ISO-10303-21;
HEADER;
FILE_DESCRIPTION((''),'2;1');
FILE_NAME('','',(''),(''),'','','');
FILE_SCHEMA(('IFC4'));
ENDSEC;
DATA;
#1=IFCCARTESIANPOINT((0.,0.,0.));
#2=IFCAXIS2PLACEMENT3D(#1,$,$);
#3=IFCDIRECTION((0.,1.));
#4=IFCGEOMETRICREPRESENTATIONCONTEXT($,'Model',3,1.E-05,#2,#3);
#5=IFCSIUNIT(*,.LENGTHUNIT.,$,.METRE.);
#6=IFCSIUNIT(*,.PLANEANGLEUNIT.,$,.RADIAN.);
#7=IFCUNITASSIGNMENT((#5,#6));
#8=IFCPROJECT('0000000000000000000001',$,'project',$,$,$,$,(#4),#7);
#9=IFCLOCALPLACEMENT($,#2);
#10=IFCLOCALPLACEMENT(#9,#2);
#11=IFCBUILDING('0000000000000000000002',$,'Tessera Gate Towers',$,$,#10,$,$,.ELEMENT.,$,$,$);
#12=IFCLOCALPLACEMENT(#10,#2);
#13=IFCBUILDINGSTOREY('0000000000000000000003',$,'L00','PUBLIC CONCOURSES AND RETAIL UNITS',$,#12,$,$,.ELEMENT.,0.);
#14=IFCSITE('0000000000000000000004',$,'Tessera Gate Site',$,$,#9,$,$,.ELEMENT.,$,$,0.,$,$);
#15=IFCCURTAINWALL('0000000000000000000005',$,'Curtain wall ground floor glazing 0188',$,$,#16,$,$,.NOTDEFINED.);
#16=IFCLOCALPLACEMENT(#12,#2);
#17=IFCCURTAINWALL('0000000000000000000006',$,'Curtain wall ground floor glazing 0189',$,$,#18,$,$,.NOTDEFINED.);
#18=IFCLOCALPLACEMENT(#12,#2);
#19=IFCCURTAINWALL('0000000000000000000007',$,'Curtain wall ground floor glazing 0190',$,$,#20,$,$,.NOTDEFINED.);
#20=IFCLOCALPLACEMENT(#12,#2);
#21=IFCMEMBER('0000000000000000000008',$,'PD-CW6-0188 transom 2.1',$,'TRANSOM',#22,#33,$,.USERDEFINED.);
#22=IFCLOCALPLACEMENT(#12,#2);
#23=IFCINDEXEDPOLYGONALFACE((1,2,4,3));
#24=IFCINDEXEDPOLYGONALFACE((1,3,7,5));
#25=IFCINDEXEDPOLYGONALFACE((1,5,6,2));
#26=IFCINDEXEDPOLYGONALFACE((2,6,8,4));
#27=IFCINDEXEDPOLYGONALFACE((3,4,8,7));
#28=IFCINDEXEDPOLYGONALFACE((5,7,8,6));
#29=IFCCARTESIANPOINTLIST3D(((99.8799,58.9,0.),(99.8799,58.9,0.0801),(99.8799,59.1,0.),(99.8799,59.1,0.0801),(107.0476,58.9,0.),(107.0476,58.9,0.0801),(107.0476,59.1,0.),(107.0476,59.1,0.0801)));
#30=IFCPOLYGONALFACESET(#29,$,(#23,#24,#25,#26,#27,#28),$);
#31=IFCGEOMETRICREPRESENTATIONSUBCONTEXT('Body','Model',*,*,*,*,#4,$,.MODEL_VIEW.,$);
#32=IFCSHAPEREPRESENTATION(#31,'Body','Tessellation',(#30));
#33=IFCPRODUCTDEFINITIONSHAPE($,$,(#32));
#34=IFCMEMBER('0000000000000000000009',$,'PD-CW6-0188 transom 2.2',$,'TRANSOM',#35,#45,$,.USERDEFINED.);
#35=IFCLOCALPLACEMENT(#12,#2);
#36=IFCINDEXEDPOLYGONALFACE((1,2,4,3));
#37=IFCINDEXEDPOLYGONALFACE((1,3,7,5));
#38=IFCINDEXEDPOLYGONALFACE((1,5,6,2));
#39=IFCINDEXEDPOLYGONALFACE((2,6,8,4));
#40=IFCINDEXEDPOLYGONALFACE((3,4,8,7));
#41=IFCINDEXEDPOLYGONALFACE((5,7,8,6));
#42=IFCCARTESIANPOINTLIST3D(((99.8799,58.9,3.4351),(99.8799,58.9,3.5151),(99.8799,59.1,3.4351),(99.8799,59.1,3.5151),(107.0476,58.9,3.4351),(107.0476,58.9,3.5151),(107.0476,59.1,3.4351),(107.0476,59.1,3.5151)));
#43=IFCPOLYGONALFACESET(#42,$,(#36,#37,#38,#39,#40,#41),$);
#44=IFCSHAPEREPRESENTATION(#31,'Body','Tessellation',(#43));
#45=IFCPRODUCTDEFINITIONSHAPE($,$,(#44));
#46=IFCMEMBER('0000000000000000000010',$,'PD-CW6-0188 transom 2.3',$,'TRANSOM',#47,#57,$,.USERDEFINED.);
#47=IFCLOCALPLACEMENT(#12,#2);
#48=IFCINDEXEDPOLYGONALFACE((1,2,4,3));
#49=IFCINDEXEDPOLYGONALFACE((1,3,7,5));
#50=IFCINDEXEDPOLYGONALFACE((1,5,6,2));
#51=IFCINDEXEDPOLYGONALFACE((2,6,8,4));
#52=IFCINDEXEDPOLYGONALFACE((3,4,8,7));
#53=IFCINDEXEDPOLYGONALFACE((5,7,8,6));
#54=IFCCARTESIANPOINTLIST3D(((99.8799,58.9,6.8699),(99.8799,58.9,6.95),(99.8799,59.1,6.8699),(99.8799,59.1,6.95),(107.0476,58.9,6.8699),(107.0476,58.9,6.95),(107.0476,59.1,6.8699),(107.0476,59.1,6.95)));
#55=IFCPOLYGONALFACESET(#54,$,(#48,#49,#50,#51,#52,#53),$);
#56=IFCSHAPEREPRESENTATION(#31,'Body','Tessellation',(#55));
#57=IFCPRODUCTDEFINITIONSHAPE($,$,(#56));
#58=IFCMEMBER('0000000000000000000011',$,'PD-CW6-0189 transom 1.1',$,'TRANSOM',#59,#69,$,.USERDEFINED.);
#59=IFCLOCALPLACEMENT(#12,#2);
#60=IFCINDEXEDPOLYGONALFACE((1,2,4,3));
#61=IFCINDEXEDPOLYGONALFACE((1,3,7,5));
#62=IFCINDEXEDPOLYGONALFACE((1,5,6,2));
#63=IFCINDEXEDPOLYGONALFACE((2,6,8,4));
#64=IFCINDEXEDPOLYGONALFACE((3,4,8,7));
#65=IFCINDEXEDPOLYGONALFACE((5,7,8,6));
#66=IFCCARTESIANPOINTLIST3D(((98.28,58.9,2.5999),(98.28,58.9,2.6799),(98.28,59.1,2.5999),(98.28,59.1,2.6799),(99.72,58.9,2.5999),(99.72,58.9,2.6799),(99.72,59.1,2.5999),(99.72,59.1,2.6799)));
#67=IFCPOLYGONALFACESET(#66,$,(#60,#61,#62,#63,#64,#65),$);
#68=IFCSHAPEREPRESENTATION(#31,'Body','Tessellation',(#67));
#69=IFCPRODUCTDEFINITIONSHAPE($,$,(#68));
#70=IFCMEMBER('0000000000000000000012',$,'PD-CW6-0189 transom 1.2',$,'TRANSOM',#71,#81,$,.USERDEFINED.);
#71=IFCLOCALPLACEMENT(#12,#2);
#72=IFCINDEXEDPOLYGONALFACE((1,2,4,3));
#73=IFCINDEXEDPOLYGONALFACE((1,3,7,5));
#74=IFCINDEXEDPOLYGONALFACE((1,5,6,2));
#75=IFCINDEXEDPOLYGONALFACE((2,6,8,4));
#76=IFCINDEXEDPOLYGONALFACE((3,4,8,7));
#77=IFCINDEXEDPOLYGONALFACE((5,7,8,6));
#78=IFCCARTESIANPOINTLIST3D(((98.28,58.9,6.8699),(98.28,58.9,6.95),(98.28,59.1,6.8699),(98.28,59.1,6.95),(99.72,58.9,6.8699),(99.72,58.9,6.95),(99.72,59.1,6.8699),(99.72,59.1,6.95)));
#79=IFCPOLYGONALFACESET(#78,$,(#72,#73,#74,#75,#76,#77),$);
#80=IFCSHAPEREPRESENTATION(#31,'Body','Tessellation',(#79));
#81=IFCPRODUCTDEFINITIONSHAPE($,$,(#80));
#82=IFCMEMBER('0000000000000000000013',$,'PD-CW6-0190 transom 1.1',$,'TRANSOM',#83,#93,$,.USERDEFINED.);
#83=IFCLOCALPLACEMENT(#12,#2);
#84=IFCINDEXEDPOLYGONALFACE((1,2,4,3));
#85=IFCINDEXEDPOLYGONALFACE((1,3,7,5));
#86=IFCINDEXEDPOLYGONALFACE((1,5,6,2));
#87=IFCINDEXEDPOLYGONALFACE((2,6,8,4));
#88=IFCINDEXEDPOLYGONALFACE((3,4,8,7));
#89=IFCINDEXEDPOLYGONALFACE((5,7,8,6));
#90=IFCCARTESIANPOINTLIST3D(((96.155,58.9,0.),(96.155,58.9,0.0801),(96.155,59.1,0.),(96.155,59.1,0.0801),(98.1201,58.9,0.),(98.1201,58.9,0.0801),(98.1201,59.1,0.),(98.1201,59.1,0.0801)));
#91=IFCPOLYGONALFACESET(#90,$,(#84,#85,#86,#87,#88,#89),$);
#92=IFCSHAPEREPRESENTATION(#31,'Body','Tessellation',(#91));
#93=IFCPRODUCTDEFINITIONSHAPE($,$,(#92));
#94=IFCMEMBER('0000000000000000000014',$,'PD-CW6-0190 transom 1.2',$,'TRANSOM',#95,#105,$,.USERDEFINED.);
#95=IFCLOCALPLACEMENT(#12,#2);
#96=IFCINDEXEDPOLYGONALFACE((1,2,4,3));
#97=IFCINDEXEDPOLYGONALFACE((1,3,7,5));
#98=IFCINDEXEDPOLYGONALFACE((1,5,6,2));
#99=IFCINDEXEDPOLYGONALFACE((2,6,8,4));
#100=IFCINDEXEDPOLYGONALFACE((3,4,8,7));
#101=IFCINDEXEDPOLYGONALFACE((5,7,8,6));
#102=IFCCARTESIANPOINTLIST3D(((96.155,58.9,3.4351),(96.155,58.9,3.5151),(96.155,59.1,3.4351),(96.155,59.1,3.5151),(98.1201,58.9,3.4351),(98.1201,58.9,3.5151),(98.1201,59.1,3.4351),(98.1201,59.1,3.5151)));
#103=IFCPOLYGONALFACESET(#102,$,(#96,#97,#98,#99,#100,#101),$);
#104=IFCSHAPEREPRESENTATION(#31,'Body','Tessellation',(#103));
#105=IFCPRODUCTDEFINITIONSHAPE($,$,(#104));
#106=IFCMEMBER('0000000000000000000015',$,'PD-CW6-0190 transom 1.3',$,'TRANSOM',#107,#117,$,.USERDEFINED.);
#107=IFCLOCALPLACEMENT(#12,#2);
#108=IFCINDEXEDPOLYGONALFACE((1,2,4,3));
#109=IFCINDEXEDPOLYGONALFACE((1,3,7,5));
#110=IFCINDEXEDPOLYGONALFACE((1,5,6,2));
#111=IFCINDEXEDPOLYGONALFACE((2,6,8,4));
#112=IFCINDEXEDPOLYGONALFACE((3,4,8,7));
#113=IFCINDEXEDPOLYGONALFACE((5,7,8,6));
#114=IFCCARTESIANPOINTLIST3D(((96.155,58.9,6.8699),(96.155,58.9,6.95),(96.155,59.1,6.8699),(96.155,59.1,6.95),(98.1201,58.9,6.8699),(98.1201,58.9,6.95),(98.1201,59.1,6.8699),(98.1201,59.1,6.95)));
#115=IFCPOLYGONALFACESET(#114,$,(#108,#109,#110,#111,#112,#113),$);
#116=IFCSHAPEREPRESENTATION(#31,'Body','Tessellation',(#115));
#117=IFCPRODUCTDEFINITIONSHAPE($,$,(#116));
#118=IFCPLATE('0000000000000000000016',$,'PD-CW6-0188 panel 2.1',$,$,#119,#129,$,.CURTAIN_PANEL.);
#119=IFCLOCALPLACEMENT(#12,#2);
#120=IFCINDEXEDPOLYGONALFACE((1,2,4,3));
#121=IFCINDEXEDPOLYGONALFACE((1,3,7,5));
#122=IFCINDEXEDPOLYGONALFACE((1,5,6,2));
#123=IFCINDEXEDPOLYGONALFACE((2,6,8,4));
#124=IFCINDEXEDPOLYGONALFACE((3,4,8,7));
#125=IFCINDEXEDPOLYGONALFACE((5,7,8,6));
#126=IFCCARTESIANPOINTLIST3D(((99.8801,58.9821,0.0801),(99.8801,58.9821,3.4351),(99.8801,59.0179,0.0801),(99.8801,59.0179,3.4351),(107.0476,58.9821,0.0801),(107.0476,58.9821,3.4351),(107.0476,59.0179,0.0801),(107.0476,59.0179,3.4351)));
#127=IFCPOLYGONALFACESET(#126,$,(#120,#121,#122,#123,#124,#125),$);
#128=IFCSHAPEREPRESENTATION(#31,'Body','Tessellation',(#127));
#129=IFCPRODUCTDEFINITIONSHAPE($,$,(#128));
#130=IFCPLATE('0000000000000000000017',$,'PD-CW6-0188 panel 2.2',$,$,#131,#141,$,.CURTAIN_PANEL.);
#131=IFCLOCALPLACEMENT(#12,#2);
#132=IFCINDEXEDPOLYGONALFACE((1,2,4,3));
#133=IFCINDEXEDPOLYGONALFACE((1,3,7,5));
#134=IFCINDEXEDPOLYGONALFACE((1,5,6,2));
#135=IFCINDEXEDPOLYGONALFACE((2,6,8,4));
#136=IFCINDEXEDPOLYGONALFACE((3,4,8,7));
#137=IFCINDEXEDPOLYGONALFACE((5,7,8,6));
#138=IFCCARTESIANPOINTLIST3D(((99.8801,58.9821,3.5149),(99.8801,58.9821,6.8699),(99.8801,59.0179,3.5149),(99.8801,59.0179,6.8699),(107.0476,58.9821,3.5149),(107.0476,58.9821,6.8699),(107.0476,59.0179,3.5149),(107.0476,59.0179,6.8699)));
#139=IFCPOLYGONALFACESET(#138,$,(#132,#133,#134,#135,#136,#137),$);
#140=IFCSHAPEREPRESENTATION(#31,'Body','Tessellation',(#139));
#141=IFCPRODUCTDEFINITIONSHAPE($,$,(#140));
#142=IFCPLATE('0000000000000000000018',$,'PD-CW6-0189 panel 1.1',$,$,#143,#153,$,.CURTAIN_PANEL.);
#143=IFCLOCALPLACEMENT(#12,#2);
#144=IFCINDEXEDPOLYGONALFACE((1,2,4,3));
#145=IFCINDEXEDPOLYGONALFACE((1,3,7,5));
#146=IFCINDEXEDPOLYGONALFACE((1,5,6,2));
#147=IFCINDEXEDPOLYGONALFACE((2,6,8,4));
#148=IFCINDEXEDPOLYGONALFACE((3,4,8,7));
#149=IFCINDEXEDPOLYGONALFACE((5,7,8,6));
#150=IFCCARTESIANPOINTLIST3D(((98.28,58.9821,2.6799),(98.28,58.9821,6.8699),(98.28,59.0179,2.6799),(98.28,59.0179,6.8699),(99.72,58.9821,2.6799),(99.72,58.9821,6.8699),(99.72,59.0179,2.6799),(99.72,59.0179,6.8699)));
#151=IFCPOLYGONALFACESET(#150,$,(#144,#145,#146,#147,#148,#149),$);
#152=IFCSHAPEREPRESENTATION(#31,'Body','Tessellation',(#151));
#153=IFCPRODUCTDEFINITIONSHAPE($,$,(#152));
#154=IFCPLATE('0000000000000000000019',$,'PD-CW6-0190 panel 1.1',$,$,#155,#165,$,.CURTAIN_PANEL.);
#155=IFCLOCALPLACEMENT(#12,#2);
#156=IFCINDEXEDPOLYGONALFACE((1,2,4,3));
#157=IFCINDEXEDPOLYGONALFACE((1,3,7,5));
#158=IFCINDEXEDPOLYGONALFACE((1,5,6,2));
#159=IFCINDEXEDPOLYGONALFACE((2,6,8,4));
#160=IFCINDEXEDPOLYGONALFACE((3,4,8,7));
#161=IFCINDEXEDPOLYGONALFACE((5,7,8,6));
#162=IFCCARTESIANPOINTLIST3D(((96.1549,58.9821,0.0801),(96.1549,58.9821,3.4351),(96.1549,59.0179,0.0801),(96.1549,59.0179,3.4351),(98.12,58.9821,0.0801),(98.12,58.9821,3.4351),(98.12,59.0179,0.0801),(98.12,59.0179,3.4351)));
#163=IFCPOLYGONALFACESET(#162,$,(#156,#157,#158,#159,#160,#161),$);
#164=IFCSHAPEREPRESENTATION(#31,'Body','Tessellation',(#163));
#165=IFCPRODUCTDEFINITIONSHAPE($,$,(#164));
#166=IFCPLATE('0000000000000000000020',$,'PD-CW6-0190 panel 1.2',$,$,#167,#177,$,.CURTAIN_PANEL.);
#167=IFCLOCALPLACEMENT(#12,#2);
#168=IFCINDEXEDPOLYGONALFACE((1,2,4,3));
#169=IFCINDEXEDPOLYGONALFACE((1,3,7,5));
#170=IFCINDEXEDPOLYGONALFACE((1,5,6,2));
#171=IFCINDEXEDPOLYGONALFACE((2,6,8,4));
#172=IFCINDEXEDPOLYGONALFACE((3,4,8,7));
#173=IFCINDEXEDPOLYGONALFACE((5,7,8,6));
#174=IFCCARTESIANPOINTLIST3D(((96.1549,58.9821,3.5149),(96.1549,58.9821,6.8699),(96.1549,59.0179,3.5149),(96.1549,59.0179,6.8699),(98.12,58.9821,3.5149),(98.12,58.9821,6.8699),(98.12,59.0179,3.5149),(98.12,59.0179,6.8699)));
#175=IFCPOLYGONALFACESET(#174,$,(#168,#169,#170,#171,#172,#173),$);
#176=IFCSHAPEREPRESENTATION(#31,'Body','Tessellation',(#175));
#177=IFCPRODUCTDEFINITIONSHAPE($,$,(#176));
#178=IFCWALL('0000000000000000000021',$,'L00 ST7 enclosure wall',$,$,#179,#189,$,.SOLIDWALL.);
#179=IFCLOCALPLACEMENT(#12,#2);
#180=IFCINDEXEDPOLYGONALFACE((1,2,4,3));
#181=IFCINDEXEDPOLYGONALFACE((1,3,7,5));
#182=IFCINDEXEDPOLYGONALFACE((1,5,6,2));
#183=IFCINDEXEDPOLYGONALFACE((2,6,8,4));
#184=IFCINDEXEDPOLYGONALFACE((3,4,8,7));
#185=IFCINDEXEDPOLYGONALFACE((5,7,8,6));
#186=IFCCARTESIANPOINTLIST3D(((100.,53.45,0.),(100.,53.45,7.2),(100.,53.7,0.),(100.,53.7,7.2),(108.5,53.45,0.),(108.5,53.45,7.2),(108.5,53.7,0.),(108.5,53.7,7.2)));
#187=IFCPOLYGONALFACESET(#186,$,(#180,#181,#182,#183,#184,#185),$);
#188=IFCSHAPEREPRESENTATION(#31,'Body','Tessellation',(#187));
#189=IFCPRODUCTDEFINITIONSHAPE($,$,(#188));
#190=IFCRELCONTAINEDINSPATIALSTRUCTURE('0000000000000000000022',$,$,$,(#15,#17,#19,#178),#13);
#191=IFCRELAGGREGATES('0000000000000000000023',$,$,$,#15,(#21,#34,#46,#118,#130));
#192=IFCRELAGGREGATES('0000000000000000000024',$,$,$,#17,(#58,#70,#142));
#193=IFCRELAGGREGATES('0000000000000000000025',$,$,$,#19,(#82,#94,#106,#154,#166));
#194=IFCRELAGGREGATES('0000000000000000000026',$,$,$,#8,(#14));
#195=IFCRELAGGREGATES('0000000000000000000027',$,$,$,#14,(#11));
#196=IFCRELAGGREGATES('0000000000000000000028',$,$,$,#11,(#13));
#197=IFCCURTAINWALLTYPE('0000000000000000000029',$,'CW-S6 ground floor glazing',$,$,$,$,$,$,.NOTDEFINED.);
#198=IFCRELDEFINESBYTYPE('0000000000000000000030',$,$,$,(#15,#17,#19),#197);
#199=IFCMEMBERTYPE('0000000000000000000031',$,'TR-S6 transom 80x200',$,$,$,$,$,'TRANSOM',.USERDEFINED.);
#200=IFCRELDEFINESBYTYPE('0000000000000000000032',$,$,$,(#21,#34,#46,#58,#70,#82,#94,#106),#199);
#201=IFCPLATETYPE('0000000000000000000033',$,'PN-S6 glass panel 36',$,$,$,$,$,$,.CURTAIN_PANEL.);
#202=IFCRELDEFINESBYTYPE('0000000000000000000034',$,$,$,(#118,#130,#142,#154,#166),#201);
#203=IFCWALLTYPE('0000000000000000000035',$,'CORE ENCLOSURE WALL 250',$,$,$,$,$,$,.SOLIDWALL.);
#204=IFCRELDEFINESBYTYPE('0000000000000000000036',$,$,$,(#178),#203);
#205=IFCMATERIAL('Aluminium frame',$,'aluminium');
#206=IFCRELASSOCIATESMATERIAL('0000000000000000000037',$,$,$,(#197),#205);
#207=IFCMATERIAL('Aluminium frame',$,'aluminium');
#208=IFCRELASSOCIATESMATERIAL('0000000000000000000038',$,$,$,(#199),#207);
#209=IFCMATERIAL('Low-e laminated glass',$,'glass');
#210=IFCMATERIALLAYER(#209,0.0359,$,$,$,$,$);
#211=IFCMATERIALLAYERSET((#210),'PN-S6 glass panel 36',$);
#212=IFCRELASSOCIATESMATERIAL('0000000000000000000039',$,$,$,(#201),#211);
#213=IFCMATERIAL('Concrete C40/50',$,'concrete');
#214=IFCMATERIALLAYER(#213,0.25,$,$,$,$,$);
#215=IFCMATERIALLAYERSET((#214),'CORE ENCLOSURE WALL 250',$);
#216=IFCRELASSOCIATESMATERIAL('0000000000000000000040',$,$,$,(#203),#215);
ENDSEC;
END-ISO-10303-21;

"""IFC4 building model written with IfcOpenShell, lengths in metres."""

from ifc_helpers import new_model, si_unit, direction, frame, frame_2d, origin, origin_2d, place, context, subcontext, project, spatial, rectangle, extrude, material, layer, layer_set, material_profile, profile_set, type_object, element, aggregate, save


model = new_model("IFC4")

# Units and contexts
model_context = context("Model", 3, precision=1e-05, world=origin(), true_north=direction((0.0, 1.0)))
body_context = subcontext(model_context, "Body", "Model", "MODEL_VIEW")
ifc_project = project(units=[si_unit("LENGTHUNIT", "METRE"), si_unit("PLANEANGLEUNIT", "RADIAN")], contexts=[model_context])

# Site, building, storey
site_placement = place(None, origin())
site = spatial("IfcSite", under=ifc_project, at=site_placement, Name="Tessera Gate Site", CompositionType="ELEMENT", RefElevation=0.0)
building_placement = place(site_placement, origin())
building = spatial("IfcBuilding", under=site, at=building_placement, Name="Tessera Gate Towers", CompositionType="ELEMENT")
storey_placement = place(building_placement, origin())
storey = spatial("IfcBuildingStorey", under=building, at=storey_placement, Name="L00", Description="PUBLIC CONCOURSES AND RETAIL UNITS", CompositionType="ELEMENT", Elevation=0.0)

# Curtain walls
ifc_material_1 = material(Name="Aluminium frame", Category="aluminium")
curtain_wall_type = type_object("IfcCurtainWallType", Name="CW-S6 ground floor glazing", PredefinedType="NOTDEFINED", material=ifc_material_1)
curtain_wall_1_placement = place(storey_placement, origin())
curtain_wall_1 = element("IfcCurtainWall", 1, at=curtain_wall_1_placement, inside=storey, type_object=curtain_wall_type, Name="Curtain wall ground floor glazing 0188", PredefinedType="NOTDEFINED")
curtain_wall_2_placement = place(storey_placement, origin())
curtain_wall_2 = element("IfcCurtainWall", 2, at=curtain_wall_2_placement, inside=storey, type_object=curtain_wall_type, Name="Curtain wall ground floor glazing 0189", PredefinedType="NOTDEFINED")

# Curtain wall
curtain_wall_3_placement = place(storey_placement, origin())
curtain_wall_3 = element("IfcCurtainWall", 3, at=curtain_wall_3_placement, inside=storey, type_object=curtain_wall_type, Name="Curtain wall ground floor glazing 0190", PredefinedType="NOTDEFINED")

# Members
ifc_material_2 = material(Name="Aluminium frame", Category="aluminium")
ifc_material_profile_1 = material_profile(ifc_material_2, rectangle(XDim=0.2, YDim=0.0801, at=origin_2d()), Name="AL 80x200")
ifc_profile_set_1 = profile_set([ifc_material_profile_1], Name="Aluminium frame")
member_type_1 = type_object("IfcMemberType", Name="TR-S6 transom 80x200", ElementType="TRANSOM", PredefinedType="USERDEFINED", material=ifc_profile_set_1)
member_1_placement = place(storey_placement, frame((107.0476, 59.0, 0.04), z_axis=(-1.0, 0.0, 0.0), x_axis=(0.0, -1.0, 0.0)))
member_1 = element("IfcMember", 4, at=member_1_placement, type_object=member_type_1, Name="PD-CW6-0188 transom 2.1", ObjectType="TRANSOM", PredefinedType="USERDEFINED", context=body_context, shape_type="SweptSolid", body=[
    extrude(rectangle(XDim=0.2, YDim=0.0801, at=origin_2d()), origin(), (0.0, 0.0, 1.0), 7.1677),
])
member_2_placement = place(storey_placement, frame((107.0476, 59.0, 3.4751), z_axis=(-1.0, 0.0, 0.0), x_axis=(0.0, -1.0, 0.0)))
member_2 = element("IfcMember", 5, at=member_2_placement, type_object=member_type_1, Name="PD-CW6-0188 transom 2.2", ObjectType="TRANSOM", PredefinedType="USERDEFINED", context=body_context, shape_type="SweptSolid", body=[
    extrude(rectangle(XDim=0.2, YDim=0.0801, at=origin_2d()), origin(), (0.0, 0.0, 1.0), 7.1677),
])
member_3_placement = place(storey_placement, frame((107.0476, 59.0, 6.9099), z_axis=(-1.0, 0.0, 0.0), x_axis=(0.0, -1.0, 0.0)))
member_3 = element("IfcMember", 6, at=member_3_placement, type_object=member_type_1, Name="PD-CW6-0188 transom 2.3", ObjectType="TRANSOM", PredefinedType="USERDEFINED", context=body_context, shape_type="SweptSolid", body=[
    extrude(rectangle(XDim=0.2, YDim=0.0801, at=origin_2d()), origin(), (0.0, 0.0, 1.0), 7.1677),
])
member_4_placement = place(storey_placement, frame((99.72, 59.0, 2.6399), z_axis=(-1.0, 0.0, 0.0), x_axis=(0.0, -1.0, 0.0)))
member_4 = element("IfcMember", 7, at=member_4_placement, type_object=member_type_1, Name="PD-CW6-0189 transom 1.1", ObjectType="TRANSOM", PredefinedType="USERDEFINED", context=body_context, shape_type="SweptSolid", body=[
    extrude(rectangle(XDim=0.2, YDim=0.0801, at=origin_2d()), origin(), (0.0, 0.0, 1.0), 1.4399),
])
member_5_placement = place(storey_placement, frame((99.72, 59.0, 6.9099), z_axis=(-1.0, 0.0, 0.0), x_axis=(0.0, -1.0, 0.0)))
member_5 = element("IfcMember", 8, at=member_5_placement, type_object=member_type_1, Name="PD-CW6-0189 transom 1.2", ObjectType="TRANSOM", PredefinedType="USERDEFINED", context=body_context, shape_type="SweptSolid", body=[
    extrude(rectangle(XDim=0.2, YDim=0.0801, at=origin_2d()), origin(), (0.0, 0.0, 1.0), 1.4399),
])
member_6_placement = place(storey_placement, frame((98.1201, 59.0, 0.04), z_axis=(-1.0, 0.0, 0.0), x_axis=(0.0, -1.0, 0.0)))
member_6 = element("IfcMember", 9, at=member_6_placement, type_object=member_type_1, Name="PD-CW6-0190 transom 1.1", ObjectType="TRANSOM", PredefinedType="USERDEFINED", context=body_context, shape_type="SweptSolid", body=[
    extrude(rectangle(XDim=0.2, YDim=0.0801, at=origin_2d()), origin(), (0.0, 0.0, 1.0), 1.9651),
])
member_7_placement = place(storey_placement, frame((98.1201, 59.0, 3.4751), z_axis=(-1.0, 0.0, 0.0), x_axis=(0.0, -1.0, 0.0)))
member_7 = element("IfcMember", 10, at=member_7_placement, type_object=member_type_1, Name="PD-CW6-0190 transom 1.2", ObjectType="TRANSOM", PredefinedType="USERDEFINED", context=body_context, shape_type="SweptSolid", body=[
    extrude(rectangle(XDim=0.2, YDim=0.0801, at=origin_2d()), origin(), (0.0, 0.0, 1.0), 1.9651),
])
member_8_placement = place(storey_placement, frame((98.1201, 59.0, 6.9099), z_axis=(-1.0, 0.0, 0.0), x_axis=(0.0, -1.0, 0.0)))
member_8 = element("IfcMember", 11, at=member_8_placement, type_object=member_type_1, Name="PD-CW6-0190 transom 1.3", ObjectType="TRANSOM", PredefinedType="USERDEFINED", context=body_context, shape_type="SweptSolid", body=[
    extrude(rectangle(XDim=0.2, YDim=0.0801, at=origin_2d()), origin(), (0.0, 0.0, 1.0), 1.9651),
])

# Plates
ifc_material_3 = material(Name="Low-e laminated glass", Category="glass")
ifc_layer_1 = layer(ifc_material_3, 0.0359)
ifc_layer_set_1 = layer_set([ifc_layer_1], Name="PN-S6 glass panel 36")
plate_type = type_object("IfcPlateType", Name="PN-S6 glass panel 36", PredefinedType="CURTAIN_PANEL", material=ifc_layer_set_1)
plate_1_placement = place(storey_placement, frame((103.4639, 59.0, 0.0801), z_axis=(0.0, 0.0, 1.0), x_axis=(-1.0, 0.0, 0.0)))
plate_1 = element("IfcPlate", 12, at=plate_1_placement, type_object=plate_type, Name="PD-CW6-0188 panel 2.1", PredefinedType="CURTAIN_PANEL", context=body_context, shape_type="SweptSolid", body=[
    extrude(rectangle(XDim=7.1675, YDim=0.0359, at=origin_2d()), origin(), (0.0, 0.0, 1.0), 3.355),
])
plate_2_placement = place(storey_placement, frame((103.4639, 59.0, 3.5149), z_axis=(0.0, 0.0, 1.0), x_axis=(-1.0, 0.0, 0.0)))
plate_2 = element("IfcPlate", 13, at=plate_2_placement, type_object=plate_type, Name="PD-CW6-0188 panel 2.2", PredefinedType="CURTAIN_PANEL", context=body_context, shape_type="SweptSolid", body=[
    extrude(rectangle(XDim=7.1675, YDim=0.0359, at=origin_2d()), origin(), (0.0, 0.0, 1.0), 3.355),
])
aggregate(curtain_wall_1, [member_1, member_2, member_3, plate_1, plate_2])
plate_3_placement = place(storey_placement, frame((99.0, 59.0, 2.6799), z_axis=(0.0, 0.0, 1.0), x_axis=(-1.0, 0.0, 0.0)))
plate_3 = element("IfcPlate", 14, at=plate_3_placement, type_object=plate_type, Name="PD-CW6-0189 panel 1.1", PredefinedType="CURTAIN_PANEL", context=body_context, shape_type="SweptSolid", body=[
    extrude(rectangle(XDim=1.4399, YDim=0.0359, at=origin_2d()), origin(), (0.0, 0.0, 1.0), 4.1899),
])
aggregate(curtain_wall_2, [member_4, member_5, plate_3])
plate_4_placement = place(storey_placement, frame((97.1375, 59.0, 0.0801), z_axis=(0.0, 0.0, 1.0), x_axis=(-1.0, 0.0, 0.0)))
plate_4 = element("IfcPlate", 15, at=plate_4_placement, type_object=plate_type, Name="PD-CW6-0190 panel 1.1", PredefinedType="CURTAIN_PANEL", context=body_context, shape_type="SweptSolid", body=[
    extrude(rectangle(XDim=1.9651, YDim=0.0359, at=origin_2d()), origin(), (0.0, 0.0, 1.0), 3.355),
])
plate_5_placement = place(storey_placement, frame((97.1375, 59.0, 3.5149), z_axis=(0.0, 0.0, 1.0), x_axis=(-1.0, 0.0, 0.0)))
plate_5 = element("IfcPlate", 16, at=plate_5_placement, type_object=plate_type, Name="PD-CW6-0190 panel 1.2", PredefinedType="CURTAIN_PANEL", context=body_context, shape_type="SweptSolid", body=[
    extrude(rectangle(XDim=1.9651, YDim=0.0359, at=origin_2d()), origin(), (0.0, 0.0, 1.0), 3.355),
])
aggregate(curtain_wall_3, [member_6, member_7, member_8, plate_4, plate_5])

# Wall
ifc_material_4 = material(Name="Concrete C40/50", Category="concrete")
ifc_layer_2 = layer(ifc_material_4, 0.25)
ifc_layer_set_2 = layer_set([ifc_layer_2], Name="CORE ENCLOSURE WALL 250")
wall_type_1 = type_object("IfcWallType", Name="CORE ENCLOSURE WALL 250", PredefinedType="SOLIDWALL", material=ifc_layer_set_2)
wall_1_placement = place(storey_placement, frame((100.0, 53.575, 0.0), z_axis=(0.0, 0.0, 1.0), x_axis=(1.0, 0.0, 0.0)))
element("IfcWall", 17, at=wall_1_placement, inside=storey, type_object=wall_type_1, Name="L00 ST7 enclosure wall", PredefinedType="SOLIDWALL", context=body_context, shape_type="SweptSolid", body=[
    extrude(rectangle(XDim=8.5, YDim=0.25, at=frame_2d((4.25, 0.0))), origin(), (0.0, 0.0, 1.0), 7.2),
])

save(model, "model.ifc")
